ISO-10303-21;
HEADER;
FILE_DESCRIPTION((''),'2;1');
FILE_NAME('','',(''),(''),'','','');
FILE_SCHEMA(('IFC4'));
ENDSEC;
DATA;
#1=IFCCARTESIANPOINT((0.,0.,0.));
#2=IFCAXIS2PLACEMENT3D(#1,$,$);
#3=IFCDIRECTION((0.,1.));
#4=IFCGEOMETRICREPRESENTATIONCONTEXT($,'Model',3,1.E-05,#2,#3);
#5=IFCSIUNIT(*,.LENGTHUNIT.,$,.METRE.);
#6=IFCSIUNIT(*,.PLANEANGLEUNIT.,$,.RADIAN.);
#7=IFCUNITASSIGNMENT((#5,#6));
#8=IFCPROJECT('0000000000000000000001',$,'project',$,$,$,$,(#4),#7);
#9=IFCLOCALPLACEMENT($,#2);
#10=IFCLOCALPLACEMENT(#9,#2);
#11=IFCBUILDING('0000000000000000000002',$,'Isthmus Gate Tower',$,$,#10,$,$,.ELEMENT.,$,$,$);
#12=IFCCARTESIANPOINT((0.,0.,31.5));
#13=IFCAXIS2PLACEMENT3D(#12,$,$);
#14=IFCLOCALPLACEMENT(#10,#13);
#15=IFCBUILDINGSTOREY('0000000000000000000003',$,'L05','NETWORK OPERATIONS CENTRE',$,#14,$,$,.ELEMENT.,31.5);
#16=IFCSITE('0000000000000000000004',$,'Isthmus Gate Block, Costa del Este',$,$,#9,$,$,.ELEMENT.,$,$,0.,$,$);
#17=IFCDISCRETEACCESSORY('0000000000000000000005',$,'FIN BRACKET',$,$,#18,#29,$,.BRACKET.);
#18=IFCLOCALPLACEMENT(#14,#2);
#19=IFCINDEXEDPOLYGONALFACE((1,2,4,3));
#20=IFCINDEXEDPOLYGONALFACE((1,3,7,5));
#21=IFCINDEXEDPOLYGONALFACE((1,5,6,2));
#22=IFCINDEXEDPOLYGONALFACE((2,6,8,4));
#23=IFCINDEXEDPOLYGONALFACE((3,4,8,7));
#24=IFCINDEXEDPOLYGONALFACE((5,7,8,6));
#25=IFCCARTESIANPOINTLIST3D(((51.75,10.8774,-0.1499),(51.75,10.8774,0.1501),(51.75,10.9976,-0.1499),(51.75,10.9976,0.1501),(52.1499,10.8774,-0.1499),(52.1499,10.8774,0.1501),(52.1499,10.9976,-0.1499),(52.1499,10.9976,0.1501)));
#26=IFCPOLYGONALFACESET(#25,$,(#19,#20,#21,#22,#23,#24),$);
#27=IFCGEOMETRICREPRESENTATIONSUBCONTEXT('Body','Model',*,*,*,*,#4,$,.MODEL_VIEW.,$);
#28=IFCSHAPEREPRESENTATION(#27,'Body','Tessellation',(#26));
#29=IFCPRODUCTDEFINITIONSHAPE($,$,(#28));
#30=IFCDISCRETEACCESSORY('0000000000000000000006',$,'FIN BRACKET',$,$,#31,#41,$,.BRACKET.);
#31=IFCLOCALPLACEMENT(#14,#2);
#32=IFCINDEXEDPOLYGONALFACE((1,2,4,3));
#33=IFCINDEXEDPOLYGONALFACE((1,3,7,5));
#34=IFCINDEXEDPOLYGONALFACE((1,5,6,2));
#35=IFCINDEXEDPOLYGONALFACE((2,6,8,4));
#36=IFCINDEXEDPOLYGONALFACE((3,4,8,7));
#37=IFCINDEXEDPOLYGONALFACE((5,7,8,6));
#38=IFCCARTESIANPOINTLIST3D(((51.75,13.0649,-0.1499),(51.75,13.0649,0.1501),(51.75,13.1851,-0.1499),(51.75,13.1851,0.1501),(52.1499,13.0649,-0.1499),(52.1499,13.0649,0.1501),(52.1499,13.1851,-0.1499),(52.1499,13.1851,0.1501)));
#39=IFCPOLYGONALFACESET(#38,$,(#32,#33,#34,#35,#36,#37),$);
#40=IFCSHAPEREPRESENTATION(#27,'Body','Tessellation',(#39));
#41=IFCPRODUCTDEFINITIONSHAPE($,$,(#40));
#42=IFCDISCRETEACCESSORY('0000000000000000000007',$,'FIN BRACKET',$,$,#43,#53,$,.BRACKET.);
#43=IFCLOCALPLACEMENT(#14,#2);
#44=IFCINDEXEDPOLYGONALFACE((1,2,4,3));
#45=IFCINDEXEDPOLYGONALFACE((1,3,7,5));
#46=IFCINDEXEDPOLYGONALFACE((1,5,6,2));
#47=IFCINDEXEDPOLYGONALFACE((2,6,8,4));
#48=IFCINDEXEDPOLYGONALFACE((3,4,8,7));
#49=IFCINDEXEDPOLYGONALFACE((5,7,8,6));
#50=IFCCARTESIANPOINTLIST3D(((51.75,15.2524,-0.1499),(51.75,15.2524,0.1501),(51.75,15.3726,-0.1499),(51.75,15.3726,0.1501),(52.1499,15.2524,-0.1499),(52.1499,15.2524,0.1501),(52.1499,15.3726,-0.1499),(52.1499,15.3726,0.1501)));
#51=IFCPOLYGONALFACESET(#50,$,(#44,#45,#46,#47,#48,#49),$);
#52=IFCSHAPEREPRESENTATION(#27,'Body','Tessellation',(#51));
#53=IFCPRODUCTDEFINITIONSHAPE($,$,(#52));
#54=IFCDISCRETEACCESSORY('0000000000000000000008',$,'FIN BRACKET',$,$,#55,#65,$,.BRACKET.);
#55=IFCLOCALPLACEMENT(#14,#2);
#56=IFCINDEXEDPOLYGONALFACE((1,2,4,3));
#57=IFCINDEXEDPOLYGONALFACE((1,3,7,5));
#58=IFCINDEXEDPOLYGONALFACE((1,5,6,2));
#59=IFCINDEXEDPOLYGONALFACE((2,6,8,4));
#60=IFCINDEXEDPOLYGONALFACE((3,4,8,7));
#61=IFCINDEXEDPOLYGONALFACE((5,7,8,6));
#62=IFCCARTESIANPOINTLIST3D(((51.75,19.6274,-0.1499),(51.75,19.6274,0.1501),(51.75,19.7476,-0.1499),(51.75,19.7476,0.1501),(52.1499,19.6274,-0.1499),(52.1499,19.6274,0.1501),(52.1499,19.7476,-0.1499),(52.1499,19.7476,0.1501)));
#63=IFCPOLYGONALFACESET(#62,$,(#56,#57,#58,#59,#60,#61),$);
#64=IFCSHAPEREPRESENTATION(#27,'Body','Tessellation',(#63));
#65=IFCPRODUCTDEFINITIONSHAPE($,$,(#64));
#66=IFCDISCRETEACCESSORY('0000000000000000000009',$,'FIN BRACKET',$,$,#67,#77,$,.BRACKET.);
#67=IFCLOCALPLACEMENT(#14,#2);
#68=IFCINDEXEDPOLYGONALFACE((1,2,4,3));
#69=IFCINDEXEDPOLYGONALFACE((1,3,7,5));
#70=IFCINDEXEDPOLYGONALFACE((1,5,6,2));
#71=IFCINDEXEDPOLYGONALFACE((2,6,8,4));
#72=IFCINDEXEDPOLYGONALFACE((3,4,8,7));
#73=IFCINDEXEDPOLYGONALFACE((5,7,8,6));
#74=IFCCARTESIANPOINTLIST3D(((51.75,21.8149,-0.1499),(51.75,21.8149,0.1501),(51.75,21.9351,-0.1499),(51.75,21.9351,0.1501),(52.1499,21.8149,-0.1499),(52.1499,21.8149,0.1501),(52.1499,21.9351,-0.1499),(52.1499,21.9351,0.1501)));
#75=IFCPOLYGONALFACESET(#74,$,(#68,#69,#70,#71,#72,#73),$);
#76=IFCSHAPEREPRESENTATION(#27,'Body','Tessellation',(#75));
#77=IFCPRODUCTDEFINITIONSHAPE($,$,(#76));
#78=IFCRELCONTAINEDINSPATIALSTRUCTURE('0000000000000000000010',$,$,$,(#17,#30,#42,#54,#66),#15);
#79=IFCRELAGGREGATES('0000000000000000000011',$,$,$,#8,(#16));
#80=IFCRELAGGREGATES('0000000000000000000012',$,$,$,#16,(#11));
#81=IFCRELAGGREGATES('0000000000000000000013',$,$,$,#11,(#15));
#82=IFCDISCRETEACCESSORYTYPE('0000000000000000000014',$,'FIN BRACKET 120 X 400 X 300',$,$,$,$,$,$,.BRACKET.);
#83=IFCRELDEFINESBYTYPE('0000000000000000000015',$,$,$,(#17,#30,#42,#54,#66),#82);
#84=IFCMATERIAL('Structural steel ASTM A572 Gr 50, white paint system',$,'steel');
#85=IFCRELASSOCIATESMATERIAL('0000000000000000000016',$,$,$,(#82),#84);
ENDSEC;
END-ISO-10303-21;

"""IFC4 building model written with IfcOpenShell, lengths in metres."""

from ifc_helpers import new_model, si_unit, direction, frame, origin, origin_2d, place, context, subcontext, project, spatial, rectangle, extrude, material, type_object, element, save


model = new_model("IFC4")

# Units and contexts
model_context = context("Model", 3, precision=1e-05, world=origin(), true_north=direction((0.0, 1.0)))
body_context = subcontext(model_context, "Body", "Model", "MODEL_VIEW")
ifc_project = project(units=[si_unit("LENGTHUNIT", "METRE"), si_unit("PLANEANGLEUNIT", "RADIAN")], contexts=[model_context])

# Site, building, storey
site_placement = place(None, origin())
site = spatial("IfcSite", under=ifc_project, at=site_placement, Name="Isthmus Gate Block, Costa del Este", CompositionType="ELEMENT", RefElevation=0.0)
building_placement = place(site_placement, origin())
building = spatial("IfcBuilding", under=site, at=building_placement, Name="Isthmus Gate Tower", CompositionType="ELEMENT")
storey_placement = place(building_placement, frame((0.0, 0.0, 31.5)))
storey = spatial("IfcBuildingStorey", under=building, at=storey_placement, Name="L05", Description="NETWORK OPERATIONS CENTRE", CompositionType="ELEMENT", Elevation=31.5)

# Discrete accessories
ifc_material_1 = material(Name="Structural steel ASTM A572 Gr 50, white paint system", Category="steel")
discrete_accessory_type = type_object("IfcDiscreteAccessoryType", Name="FIN BRACKET 120 X 400 X 300", PredefinedType="BRACKET", material=ifc_material_1)
for number, where, z_axis, x_axis, name in (
    (1, (51.95, 10.9375, -0.1499), (0.0, 0.0, 1.0), (1.0, 0.0, 0.0), "FIN BRACKET"),
    (2, (51.95, 13.125, -0.1499), (0.0, 0.0, 1.0), (1.0, 0.0, 0.0), "FIN BRACKET"),
    (3, (51.95, 15.3125, -0.1499), (0.0, 0.0, 1.0), (1.0, 0.0, 0.0), "FIN BRACKET"),
    (4, (51.95, 19.6875, -0.1499), (0.0, 0.0, 1.0), (1.0, 0.0, 0.0), "FIN BRACKET"),
    (5, (51.95, 21.875, -0.1499), (0.0, 0.0, 1.0), (1.0, 0.0, 0.0), "FIN BRACKET"),
):
    element("IfcDiscreteAccessory", number, at=place(storey_placement, frame(where, z_axis=z_axis, x_axis=x_axis)), inside=storey, type_object=discrete_accessory_type, Name=name, PredefinedType="BRACKET", context=body_context, shape_type="SweptSolid", body=[
        extrude(rectangle(XDim=0.3999, YDim=0.1201, at=origin_2d()), origin(), (0.0, 0.0, 1.0), 0.3),
    ])

save(model, "model.ifc")
